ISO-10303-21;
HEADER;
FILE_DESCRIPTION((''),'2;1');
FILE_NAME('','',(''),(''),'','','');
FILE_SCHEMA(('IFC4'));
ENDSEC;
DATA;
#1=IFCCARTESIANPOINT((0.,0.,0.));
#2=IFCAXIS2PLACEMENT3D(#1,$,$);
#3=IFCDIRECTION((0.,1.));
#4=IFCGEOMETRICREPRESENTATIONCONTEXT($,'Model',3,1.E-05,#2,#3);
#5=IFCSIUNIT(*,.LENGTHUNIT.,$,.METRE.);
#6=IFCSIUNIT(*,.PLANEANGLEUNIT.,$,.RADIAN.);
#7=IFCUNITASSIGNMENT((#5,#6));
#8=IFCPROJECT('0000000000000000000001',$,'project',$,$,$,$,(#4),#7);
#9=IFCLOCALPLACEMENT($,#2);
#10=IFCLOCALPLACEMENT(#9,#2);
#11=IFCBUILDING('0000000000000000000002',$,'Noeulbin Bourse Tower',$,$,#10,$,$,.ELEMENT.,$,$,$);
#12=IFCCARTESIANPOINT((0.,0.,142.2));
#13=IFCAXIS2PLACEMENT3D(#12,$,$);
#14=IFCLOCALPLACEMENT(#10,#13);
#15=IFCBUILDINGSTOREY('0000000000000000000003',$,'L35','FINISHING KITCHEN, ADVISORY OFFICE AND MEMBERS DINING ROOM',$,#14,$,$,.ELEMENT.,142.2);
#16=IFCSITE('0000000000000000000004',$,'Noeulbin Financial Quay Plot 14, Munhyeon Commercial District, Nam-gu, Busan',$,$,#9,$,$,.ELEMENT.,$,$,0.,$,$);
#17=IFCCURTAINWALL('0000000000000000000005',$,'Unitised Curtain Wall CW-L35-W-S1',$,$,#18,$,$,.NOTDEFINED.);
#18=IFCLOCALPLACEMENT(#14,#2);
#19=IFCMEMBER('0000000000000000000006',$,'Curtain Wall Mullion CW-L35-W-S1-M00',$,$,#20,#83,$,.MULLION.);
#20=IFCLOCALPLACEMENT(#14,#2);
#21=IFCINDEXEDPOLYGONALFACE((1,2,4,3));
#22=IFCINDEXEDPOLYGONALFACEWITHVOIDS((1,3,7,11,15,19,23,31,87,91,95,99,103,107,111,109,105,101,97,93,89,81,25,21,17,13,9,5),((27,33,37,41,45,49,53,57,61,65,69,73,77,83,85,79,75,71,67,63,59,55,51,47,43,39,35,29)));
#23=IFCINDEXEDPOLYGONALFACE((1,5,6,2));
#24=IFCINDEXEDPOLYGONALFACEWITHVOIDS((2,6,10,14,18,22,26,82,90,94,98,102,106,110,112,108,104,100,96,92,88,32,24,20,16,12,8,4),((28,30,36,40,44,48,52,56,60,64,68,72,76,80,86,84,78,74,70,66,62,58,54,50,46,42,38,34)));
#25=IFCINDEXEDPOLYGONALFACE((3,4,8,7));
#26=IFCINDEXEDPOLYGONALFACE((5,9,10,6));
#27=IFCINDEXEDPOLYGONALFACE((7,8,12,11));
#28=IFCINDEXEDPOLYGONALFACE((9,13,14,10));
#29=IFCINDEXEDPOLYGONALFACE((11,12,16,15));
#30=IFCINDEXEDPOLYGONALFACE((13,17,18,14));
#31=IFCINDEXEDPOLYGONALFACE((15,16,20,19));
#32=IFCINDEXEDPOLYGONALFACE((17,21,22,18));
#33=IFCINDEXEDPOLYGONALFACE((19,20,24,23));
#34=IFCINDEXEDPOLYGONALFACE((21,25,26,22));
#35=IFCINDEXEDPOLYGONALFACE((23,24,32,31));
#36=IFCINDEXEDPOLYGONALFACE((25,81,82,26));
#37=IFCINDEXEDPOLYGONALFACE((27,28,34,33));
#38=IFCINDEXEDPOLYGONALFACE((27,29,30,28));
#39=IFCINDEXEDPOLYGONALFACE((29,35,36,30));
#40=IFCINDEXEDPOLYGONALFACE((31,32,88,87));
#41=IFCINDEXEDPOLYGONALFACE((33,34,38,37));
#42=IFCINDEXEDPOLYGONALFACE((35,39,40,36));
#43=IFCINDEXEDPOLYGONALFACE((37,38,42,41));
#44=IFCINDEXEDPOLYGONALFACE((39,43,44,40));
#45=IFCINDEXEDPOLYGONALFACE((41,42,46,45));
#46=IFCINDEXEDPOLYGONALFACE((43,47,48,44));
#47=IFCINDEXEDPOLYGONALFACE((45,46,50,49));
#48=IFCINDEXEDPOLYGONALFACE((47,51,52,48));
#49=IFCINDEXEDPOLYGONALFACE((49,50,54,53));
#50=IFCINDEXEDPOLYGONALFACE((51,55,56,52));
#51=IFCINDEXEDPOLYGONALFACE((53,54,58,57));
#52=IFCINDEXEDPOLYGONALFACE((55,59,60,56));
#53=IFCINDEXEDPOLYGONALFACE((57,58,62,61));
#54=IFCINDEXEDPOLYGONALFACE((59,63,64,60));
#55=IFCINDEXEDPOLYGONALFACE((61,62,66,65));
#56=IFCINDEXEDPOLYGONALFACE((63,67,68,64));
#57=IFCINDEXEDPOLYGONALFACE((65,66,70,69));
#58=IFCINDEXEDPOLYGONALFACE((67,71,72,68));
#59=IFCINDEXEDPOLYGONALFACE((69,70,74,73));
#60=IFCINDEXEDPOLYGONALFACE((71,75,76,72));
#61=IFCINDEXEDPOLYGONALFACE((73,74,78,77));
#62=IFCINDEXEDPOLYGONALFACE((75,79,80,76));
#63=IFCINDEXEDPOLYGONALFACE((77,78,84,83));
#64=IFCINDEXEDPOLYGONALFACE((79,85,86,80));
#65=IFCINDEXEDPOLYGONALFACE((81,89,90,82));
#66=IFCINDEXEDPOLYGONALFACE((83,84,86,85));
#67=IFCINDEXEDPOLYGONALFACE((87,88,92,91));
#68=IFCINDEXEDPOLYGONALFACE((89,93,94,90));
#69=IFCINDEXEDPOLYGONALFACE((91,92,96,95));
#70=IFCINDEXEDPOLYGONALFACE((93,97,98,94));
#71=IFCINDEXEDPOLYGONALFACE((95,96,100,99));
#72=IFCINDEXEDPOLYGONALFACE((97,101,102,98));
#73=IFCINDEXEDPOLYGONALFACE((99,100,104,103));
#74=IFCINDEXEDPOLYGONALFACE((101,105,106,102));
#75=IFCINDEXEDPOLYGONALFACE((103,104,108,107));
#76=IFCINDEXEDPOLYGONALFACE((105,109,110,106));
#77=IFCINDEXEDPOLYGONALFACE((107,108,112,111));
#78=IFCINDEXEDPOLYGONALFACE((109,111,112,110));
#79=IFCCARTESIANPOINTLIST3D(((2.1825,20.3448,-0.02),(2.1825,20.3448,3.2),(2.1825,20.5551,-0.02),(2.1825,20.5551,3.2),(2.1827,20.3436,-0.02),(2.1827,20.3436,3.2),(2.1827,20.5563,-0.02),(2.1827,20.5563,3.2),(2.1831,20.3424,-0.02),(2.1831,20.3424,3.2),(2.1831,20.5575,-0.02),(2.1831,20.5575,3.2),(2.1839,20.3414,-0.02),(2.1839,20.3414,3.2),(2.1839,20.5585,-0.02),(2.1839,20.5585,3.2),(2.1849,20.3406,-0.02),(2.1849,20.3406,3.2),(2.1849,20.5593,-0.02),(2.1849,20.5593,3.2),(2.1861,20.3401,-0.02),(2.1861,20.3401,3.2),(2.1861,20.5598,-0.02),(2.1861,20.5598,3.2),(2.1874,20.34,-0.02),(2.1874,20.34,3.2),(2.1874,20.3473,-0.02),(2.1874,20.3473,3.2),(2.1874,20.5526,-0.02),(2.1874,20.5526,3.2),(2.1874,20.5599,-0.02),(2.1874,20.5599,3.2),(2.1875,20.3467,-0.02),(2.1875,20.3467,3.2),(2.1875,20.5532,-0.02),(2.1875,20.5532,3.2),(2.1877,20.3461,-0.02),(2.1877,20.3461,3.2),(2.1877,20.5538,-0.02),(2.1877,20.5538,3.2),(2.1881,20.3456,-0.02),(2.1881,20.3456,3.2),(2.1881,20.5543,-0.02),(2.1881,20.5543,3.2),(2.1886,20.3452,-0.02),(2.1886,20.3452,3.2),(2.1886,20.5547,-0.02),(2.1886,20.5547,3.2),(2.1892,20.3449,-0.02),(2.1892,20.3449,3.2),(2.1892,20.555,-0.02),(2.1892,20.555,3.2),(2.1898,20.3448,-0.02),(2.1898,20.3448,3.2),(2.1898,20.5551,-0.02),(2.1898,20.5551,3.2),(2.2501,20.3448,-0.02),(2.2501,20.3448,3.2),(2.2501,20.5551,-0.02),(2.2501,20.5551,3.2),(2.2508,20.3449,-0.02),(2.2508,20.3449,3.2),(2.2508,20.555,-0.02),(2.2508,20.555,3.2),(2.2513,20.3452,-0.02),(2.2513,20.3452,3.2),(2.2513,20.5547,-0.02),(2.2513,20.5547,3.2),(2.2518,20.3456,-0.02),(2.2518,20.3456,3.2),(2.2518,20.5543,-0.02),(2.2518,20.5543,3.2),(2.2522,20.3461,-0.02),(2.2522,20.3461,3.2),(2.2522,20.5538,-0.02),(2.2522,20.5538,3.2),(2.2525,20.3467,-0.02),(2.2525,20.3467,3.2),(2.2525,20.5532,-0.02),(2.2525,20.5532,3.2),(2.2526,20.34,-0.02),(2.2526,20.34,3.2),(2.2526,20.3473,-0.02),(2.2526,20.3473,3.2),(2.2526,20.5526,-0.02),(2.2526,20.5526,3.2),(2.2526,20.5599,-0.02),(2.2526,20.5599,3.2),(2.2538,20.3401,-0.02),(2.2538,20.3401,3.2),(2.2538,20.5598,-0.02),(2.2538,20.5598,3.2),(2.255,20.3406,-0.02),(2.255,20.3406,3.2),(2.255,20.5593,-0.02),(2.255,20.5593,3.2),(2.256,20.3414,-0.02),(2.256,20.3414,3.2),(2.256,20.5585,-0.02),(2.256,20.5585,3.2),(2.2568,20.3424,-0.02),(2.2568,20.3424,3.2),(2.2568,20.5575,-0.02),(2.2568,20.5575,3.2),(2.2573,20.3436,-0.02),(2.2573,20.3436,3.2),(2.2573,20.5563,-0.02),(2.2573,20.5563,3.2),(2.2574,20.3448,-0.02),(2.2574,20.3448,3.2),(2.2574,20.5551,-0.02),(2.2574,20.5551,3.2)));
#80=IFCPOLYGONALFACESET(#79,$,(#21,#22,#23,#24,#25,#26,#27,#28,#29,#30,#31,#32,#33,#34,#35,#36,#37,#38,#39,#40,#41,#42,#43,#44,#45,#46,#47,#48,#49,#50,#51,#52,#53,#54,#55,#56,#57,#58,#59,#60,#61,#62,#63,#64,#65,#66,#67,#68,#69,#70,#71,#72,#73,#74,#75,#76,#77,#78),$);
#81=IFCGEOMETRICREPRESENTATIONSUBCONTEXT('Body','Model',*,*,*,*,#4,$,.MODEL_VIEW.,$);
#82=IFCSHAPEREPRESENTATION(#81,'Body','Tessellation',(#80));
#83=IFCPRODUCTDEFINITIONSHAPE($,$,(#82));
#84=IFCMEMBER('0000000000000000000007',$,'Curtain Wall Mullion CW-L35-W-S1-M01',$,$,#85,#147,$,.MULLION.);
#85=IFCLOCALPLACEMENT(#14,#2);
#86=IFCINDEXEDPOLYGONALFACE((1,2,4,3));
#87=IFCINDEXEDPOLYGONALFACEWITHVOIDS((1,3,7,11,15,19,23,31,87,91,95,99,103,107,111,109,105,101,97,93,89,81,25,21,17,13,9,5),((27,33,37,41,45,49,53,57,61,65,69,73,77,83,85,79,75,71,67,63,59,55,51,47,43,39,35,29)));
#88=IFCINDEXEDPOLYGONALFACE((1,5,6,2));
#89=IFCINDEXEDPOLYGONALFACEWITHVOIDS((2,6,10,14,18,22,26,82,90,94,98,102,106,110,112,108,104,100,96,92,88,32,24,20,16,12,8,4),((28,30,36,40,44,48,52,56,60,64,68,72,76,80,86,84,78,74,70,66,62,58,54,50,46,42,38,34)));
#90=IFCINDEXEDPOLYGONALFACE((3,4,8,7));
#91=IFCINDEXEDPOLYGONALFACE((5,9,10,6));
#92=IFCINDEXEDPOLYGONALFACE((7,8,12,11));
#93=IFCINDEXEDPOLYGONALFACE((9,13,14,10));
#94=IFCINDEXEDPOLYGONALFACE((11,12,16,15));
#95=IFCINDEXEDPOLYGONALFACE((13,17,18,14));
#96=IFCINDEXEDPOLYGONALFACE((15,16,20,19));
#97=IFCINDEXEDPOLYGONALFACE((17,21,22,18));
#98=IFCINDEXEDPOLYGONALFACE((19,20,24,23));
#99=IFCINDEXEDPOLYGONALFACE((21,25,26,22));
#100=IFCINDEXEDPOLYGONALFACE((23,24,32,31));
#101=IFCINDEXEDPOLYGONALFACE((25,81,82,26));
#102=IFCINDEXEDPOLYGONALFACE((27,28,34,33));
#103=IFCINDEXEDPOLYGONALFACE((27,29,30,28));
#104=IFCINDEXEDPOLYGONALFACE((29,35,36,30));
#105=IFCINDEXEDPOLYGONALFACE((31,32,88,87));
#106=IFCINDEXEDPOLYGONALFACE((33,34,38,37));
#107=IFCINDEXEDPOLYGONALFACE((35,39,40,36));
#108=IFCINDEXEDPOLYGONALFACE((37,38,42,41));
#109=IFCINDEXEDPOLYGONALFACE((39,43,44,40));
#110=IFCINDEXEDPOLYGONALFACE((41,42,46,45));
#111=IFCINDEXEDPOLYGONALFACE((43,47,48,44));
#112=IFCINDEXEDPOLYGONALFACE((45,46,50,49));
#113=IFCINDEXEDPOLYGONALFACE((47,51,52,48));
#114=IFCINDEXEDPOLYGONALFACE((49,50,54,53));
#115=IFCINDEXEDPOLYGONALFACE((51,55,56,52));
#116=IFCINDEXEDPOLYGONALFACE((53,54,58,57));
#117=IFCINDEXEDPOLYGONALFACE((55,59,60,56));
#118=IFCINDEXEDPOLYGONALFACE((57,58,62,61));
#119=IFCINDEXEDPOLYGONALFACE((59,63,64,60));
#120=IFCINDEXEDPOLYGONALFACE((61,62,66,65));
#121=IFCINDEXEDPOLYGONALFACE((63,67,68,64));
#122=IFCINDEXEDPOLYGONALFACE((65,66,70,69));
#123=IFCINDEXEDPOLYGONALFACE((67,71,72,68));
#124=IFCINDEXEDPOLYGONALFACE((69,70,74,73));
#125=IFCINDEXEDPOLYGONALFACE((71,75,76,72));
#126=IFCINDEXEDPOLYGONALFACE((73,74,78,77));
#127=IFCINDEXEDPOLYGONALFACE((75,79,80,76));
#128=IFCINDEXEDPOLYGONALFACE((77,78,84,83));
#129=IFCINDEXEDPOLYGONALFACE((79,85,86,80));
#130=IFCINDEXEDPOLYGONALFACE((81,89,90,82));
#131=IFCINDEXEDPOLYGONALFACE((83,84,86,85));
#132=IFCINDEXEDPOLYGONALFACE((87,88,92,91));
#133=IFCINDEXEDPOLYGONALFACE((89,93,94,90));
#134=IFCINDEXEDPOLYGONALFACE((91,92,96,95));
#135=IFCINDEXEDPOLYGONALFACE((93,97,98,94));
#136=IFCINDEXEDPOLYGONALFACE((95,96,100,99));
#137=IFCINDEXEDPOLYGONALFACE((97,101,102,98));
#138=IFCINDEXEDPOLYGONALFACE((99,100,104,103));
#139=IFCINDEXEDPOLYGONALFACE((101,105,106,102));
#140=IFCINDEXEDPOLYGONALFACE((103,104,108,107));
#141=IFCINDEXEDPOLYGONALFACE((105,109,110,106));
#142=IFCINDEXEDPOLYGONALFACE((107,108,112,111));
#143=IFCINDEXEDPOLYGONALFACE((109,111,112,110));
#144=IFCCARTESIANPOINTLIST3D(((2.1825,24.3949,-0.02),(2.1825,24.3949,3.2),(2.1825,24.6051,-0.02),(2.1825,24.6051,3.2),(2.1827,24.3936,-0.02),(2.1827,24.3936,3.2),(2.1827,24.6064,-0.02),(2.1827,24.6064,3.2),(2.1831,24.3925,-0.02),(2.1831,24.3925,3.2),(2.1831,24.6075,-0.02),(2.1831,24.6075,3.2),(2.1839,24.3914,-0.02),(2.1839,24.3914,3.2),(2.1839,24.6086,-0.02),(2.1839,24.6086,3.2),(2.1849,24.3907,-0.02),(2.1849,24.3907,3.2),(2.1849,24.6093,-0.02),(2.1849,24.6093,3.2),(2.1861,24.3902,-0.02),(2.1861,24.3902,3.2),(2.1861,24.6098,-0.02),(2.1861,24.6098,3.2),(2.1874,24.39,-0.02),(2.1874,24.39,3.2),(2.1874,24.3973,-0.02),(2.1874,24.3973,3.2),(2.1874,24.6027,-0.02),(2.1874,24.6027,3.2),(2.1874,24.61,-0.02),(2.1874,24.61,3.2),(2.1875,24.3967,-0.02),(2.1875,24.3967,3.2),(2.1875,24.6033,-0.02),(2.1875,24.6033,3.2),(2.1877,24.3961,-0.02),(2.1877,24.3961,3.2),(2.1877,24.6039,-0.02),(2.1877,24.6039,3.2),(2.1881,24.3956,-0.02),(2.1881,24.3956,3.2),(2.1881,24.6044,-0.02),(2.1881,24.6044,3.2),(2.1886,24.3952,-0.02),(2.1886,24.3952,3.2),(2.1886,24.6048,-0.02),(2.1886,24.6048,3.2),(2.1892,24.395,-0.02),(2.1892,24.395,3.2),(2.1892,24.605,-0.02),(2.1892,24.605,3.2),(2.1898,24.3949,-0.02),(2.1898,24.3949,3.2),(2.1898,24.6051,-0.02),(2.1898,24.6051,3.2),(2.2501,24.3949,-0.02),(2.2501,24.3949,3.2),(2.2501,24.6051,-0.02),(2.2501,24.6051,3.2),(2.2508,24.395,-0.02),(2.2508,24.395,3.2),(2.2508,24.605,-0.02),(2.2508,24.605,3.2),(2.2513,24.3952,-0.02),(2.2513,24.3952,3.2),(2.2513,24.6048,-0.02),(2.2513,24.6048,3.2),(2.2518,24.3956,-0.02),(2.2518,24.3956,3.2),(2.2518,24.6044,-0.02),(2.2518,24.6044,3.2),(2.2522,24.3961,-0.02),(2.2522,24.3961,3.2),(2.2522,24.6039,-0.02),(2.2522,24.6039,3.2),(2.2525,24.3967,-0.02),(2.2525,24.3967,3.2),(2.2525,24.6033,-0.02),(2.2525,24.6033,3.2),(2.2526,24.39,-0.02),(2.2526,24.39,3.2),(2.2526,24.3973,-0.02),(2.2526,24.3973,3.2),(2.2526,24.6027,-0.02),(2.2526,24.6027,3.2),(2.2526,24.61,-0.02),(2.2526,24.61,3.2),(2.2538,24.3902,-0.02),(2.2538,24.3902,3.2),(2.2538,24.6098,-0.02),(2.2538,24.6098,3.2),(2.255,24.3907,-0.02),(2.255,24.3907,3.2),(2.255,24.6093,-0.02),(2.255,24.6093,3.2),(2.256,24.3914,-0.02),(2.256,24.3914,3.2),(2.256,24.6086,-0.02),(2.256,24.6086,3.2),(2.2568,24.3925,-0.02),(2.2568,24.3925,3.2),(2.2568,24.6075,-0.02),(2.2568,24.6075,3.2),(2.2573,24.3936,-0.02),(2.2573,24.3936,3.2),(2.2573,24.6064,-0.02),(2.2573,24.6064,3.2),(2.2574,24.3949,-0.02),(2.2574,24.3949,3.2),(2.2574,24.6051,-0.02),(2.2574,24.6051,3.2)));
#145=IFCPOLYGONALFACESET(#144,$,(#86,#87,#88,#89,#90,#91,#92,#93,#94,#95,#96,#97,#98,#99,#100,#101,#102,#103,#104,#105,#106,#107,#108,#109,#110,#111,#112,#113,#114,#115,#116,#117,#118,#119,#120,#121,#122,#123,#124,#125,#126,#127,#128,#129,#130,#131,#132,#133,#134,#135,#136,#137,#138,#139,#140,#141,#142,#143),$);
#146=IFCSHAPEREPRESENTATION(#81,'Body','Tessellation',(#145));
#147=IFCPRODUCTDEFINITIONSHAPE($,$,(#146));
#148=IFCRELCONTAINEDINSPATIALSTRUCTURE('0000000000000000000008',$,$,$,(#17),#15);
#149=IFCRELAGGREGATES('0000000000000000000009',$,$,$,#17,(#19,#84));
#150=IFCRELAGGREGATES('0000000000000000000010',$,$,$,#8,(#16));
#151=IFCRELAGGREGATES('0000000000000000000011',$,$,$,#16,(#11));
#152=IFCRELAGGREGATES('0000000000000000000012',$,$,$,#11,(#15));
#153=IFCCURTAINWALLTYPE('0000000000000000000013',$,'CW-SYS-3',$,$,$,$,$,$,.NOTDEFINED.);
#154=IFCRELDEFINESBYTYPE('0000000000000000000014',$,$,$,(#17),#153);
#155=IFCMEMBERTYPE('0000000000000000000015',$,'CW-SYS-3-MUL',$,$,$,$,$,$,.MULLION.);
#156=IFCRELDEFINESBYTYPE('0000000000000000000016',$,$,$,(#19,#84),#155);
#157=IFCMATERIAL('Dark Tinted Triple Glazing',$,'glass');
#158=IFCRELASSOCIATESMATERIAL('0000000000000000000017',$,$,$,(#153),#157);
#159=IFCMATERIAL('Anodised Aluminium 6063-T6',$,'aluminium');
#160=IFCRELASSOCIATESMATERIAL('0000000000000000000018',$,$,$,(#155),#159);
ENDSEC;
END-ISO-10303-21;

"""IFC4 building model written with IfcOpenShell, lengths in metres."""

from ifc_helpers import new_model, si_unit, direction, frame, origin, origin_2d, place, context, subcontext, project, spatial, hollow_rectangle, extrude, material, material_profile, profile_set, type_object, element, aggregate, save


model = new_model("IFC4")

# Units and contexts
model_context = context("Model", 3, precision=1e-05, world=origin(), true_north=direction((0.0, 1.0)))
body_context = subcontext(model_context, "Body", "Model", "MODEL_VIEW")
ifc_project = project(units=[si_unit("LENGTHUNIT", "METRE"), si_unit("PLANEANGLEUNIT", "RADIAN")], contexts=[model_context])

# Site, building, storey
site_placement = place(None, origin())
site = spatial("IfcSite", under=ifc_project, at=site_placement, Name="Noeulbin Financial Quay Plot 14, Munhyeon Commercial District, Nam-gu, Busan", CompositionType="ELEMENT", RefElevation=0.0)
building_placement = place(site_placement, origin())
building = spatial("IfcBuilding", under=site, at=building_placement, Name="Noeulbin Bourse Tower", CompositionType="ELEMENT")
storey_placement = place(building_placement, frame((0.0, 0.0, 142.2)))
storey = spatial("IfcBuildingStorey", under=building, at=storey_placement, Name="L35", Description="FINISHING KITCHEN, ADVISORY OFFICE AND MEMBERS DINING ROOM", CompositionType="ELEMENT", Elevation=142.2)

# Curtain wall, members
ifc_material_1 = material(Name="Dark Tinted Triple Glazing", Category="glass")
curtain_wall_type = type_object("IfcCurtainWallType", Name="CW-SYS-3", PredefinedType="NOTDEFINED", material=ifc_material_1)
curtain_wall_placement = place(storey_placement, origin())
curtain_wall = element("IfcCurtainWall", 1, at=curtain_wall_placement, inside=storey, type_object=curtain_wall_type, Name="Unitised Curtain Wall CW-L35-W-S1", PredefinedType="NOTDEFINED")
ifc_material_2 = material(Name="Anodised Aluminium 6063-T6", Category="aluminium")
ifc_material_profile_1 = material_profile(ifc_material_2, hollow_rectangle(XDim=0.075, YDim=0.22, WallThickness=0.0049, InnerFilletRadius=0.0024, OuterFilletRadius=0.0049, at=origin_2d()), Name="ALU-MULL-75x220x5", Category="LoadBearing")
ifc_profile_set_1 = profile_set([ifc_material_profile_1], Name="Anodised Aluminium 6063-T6")
member_type_1 = type_object("IfcMemberType", Name="CW-SYS-3-MUL", PredefinedType="MULLION", material=ifc_profile_set_1)
member_1_placement = place(storey_placement, frame((2.22, 20.45, -0.02), z_axis=(0.0, 0.0, 1.0), x_axis=(1.0, 0.0, 0.0)))
member_1 = element("IfcMember", 2, at=member_1_placement, type_object=member_type_1, Name="Curtain Wall Mullion CW-L35-W-S1-M00", PredefinedType="MULLION", context=body_context, shape_type="SweptSolid", body=[
    extrude(hollow_rectangle(XDim=0.075, YDim=0.22, WallThickness=0.0049, InnerFilletRadius=0.0024, OuterFilletRadius=0.0049, at=origin_2d()), origin(), (0.0, 0.0, 1.0), 3.22),
])
member_2_placement = place(storey_placement, frame((2.22, 24.5, -0.02), z_axis=(0.0, 0.0, 1.0), x_axis=(1.0, 0.0, 0.0)))
member_2 = element("IfcMember", 3, at=member_2_placement, type_object=member_type_1, Name="Curtain Wall Mullion CW-L35-W-S1-M01", PredefinedType="MULLION", context=body_context, shape_type="SweptSolid", body=[
    extrude(hollow_rectangle(XDim=0.075, YDim=0.22, WallThickness=0.0049, InnerFilletRadius=0.0024, OuterFilletRadius=0.0049, at=origin_2d()), origin(), (0.0, 0.0, 1.0), 3.22),
])
aggregate(curtain_wall, [member_1, member_2])

save(model, "model.ifc")
